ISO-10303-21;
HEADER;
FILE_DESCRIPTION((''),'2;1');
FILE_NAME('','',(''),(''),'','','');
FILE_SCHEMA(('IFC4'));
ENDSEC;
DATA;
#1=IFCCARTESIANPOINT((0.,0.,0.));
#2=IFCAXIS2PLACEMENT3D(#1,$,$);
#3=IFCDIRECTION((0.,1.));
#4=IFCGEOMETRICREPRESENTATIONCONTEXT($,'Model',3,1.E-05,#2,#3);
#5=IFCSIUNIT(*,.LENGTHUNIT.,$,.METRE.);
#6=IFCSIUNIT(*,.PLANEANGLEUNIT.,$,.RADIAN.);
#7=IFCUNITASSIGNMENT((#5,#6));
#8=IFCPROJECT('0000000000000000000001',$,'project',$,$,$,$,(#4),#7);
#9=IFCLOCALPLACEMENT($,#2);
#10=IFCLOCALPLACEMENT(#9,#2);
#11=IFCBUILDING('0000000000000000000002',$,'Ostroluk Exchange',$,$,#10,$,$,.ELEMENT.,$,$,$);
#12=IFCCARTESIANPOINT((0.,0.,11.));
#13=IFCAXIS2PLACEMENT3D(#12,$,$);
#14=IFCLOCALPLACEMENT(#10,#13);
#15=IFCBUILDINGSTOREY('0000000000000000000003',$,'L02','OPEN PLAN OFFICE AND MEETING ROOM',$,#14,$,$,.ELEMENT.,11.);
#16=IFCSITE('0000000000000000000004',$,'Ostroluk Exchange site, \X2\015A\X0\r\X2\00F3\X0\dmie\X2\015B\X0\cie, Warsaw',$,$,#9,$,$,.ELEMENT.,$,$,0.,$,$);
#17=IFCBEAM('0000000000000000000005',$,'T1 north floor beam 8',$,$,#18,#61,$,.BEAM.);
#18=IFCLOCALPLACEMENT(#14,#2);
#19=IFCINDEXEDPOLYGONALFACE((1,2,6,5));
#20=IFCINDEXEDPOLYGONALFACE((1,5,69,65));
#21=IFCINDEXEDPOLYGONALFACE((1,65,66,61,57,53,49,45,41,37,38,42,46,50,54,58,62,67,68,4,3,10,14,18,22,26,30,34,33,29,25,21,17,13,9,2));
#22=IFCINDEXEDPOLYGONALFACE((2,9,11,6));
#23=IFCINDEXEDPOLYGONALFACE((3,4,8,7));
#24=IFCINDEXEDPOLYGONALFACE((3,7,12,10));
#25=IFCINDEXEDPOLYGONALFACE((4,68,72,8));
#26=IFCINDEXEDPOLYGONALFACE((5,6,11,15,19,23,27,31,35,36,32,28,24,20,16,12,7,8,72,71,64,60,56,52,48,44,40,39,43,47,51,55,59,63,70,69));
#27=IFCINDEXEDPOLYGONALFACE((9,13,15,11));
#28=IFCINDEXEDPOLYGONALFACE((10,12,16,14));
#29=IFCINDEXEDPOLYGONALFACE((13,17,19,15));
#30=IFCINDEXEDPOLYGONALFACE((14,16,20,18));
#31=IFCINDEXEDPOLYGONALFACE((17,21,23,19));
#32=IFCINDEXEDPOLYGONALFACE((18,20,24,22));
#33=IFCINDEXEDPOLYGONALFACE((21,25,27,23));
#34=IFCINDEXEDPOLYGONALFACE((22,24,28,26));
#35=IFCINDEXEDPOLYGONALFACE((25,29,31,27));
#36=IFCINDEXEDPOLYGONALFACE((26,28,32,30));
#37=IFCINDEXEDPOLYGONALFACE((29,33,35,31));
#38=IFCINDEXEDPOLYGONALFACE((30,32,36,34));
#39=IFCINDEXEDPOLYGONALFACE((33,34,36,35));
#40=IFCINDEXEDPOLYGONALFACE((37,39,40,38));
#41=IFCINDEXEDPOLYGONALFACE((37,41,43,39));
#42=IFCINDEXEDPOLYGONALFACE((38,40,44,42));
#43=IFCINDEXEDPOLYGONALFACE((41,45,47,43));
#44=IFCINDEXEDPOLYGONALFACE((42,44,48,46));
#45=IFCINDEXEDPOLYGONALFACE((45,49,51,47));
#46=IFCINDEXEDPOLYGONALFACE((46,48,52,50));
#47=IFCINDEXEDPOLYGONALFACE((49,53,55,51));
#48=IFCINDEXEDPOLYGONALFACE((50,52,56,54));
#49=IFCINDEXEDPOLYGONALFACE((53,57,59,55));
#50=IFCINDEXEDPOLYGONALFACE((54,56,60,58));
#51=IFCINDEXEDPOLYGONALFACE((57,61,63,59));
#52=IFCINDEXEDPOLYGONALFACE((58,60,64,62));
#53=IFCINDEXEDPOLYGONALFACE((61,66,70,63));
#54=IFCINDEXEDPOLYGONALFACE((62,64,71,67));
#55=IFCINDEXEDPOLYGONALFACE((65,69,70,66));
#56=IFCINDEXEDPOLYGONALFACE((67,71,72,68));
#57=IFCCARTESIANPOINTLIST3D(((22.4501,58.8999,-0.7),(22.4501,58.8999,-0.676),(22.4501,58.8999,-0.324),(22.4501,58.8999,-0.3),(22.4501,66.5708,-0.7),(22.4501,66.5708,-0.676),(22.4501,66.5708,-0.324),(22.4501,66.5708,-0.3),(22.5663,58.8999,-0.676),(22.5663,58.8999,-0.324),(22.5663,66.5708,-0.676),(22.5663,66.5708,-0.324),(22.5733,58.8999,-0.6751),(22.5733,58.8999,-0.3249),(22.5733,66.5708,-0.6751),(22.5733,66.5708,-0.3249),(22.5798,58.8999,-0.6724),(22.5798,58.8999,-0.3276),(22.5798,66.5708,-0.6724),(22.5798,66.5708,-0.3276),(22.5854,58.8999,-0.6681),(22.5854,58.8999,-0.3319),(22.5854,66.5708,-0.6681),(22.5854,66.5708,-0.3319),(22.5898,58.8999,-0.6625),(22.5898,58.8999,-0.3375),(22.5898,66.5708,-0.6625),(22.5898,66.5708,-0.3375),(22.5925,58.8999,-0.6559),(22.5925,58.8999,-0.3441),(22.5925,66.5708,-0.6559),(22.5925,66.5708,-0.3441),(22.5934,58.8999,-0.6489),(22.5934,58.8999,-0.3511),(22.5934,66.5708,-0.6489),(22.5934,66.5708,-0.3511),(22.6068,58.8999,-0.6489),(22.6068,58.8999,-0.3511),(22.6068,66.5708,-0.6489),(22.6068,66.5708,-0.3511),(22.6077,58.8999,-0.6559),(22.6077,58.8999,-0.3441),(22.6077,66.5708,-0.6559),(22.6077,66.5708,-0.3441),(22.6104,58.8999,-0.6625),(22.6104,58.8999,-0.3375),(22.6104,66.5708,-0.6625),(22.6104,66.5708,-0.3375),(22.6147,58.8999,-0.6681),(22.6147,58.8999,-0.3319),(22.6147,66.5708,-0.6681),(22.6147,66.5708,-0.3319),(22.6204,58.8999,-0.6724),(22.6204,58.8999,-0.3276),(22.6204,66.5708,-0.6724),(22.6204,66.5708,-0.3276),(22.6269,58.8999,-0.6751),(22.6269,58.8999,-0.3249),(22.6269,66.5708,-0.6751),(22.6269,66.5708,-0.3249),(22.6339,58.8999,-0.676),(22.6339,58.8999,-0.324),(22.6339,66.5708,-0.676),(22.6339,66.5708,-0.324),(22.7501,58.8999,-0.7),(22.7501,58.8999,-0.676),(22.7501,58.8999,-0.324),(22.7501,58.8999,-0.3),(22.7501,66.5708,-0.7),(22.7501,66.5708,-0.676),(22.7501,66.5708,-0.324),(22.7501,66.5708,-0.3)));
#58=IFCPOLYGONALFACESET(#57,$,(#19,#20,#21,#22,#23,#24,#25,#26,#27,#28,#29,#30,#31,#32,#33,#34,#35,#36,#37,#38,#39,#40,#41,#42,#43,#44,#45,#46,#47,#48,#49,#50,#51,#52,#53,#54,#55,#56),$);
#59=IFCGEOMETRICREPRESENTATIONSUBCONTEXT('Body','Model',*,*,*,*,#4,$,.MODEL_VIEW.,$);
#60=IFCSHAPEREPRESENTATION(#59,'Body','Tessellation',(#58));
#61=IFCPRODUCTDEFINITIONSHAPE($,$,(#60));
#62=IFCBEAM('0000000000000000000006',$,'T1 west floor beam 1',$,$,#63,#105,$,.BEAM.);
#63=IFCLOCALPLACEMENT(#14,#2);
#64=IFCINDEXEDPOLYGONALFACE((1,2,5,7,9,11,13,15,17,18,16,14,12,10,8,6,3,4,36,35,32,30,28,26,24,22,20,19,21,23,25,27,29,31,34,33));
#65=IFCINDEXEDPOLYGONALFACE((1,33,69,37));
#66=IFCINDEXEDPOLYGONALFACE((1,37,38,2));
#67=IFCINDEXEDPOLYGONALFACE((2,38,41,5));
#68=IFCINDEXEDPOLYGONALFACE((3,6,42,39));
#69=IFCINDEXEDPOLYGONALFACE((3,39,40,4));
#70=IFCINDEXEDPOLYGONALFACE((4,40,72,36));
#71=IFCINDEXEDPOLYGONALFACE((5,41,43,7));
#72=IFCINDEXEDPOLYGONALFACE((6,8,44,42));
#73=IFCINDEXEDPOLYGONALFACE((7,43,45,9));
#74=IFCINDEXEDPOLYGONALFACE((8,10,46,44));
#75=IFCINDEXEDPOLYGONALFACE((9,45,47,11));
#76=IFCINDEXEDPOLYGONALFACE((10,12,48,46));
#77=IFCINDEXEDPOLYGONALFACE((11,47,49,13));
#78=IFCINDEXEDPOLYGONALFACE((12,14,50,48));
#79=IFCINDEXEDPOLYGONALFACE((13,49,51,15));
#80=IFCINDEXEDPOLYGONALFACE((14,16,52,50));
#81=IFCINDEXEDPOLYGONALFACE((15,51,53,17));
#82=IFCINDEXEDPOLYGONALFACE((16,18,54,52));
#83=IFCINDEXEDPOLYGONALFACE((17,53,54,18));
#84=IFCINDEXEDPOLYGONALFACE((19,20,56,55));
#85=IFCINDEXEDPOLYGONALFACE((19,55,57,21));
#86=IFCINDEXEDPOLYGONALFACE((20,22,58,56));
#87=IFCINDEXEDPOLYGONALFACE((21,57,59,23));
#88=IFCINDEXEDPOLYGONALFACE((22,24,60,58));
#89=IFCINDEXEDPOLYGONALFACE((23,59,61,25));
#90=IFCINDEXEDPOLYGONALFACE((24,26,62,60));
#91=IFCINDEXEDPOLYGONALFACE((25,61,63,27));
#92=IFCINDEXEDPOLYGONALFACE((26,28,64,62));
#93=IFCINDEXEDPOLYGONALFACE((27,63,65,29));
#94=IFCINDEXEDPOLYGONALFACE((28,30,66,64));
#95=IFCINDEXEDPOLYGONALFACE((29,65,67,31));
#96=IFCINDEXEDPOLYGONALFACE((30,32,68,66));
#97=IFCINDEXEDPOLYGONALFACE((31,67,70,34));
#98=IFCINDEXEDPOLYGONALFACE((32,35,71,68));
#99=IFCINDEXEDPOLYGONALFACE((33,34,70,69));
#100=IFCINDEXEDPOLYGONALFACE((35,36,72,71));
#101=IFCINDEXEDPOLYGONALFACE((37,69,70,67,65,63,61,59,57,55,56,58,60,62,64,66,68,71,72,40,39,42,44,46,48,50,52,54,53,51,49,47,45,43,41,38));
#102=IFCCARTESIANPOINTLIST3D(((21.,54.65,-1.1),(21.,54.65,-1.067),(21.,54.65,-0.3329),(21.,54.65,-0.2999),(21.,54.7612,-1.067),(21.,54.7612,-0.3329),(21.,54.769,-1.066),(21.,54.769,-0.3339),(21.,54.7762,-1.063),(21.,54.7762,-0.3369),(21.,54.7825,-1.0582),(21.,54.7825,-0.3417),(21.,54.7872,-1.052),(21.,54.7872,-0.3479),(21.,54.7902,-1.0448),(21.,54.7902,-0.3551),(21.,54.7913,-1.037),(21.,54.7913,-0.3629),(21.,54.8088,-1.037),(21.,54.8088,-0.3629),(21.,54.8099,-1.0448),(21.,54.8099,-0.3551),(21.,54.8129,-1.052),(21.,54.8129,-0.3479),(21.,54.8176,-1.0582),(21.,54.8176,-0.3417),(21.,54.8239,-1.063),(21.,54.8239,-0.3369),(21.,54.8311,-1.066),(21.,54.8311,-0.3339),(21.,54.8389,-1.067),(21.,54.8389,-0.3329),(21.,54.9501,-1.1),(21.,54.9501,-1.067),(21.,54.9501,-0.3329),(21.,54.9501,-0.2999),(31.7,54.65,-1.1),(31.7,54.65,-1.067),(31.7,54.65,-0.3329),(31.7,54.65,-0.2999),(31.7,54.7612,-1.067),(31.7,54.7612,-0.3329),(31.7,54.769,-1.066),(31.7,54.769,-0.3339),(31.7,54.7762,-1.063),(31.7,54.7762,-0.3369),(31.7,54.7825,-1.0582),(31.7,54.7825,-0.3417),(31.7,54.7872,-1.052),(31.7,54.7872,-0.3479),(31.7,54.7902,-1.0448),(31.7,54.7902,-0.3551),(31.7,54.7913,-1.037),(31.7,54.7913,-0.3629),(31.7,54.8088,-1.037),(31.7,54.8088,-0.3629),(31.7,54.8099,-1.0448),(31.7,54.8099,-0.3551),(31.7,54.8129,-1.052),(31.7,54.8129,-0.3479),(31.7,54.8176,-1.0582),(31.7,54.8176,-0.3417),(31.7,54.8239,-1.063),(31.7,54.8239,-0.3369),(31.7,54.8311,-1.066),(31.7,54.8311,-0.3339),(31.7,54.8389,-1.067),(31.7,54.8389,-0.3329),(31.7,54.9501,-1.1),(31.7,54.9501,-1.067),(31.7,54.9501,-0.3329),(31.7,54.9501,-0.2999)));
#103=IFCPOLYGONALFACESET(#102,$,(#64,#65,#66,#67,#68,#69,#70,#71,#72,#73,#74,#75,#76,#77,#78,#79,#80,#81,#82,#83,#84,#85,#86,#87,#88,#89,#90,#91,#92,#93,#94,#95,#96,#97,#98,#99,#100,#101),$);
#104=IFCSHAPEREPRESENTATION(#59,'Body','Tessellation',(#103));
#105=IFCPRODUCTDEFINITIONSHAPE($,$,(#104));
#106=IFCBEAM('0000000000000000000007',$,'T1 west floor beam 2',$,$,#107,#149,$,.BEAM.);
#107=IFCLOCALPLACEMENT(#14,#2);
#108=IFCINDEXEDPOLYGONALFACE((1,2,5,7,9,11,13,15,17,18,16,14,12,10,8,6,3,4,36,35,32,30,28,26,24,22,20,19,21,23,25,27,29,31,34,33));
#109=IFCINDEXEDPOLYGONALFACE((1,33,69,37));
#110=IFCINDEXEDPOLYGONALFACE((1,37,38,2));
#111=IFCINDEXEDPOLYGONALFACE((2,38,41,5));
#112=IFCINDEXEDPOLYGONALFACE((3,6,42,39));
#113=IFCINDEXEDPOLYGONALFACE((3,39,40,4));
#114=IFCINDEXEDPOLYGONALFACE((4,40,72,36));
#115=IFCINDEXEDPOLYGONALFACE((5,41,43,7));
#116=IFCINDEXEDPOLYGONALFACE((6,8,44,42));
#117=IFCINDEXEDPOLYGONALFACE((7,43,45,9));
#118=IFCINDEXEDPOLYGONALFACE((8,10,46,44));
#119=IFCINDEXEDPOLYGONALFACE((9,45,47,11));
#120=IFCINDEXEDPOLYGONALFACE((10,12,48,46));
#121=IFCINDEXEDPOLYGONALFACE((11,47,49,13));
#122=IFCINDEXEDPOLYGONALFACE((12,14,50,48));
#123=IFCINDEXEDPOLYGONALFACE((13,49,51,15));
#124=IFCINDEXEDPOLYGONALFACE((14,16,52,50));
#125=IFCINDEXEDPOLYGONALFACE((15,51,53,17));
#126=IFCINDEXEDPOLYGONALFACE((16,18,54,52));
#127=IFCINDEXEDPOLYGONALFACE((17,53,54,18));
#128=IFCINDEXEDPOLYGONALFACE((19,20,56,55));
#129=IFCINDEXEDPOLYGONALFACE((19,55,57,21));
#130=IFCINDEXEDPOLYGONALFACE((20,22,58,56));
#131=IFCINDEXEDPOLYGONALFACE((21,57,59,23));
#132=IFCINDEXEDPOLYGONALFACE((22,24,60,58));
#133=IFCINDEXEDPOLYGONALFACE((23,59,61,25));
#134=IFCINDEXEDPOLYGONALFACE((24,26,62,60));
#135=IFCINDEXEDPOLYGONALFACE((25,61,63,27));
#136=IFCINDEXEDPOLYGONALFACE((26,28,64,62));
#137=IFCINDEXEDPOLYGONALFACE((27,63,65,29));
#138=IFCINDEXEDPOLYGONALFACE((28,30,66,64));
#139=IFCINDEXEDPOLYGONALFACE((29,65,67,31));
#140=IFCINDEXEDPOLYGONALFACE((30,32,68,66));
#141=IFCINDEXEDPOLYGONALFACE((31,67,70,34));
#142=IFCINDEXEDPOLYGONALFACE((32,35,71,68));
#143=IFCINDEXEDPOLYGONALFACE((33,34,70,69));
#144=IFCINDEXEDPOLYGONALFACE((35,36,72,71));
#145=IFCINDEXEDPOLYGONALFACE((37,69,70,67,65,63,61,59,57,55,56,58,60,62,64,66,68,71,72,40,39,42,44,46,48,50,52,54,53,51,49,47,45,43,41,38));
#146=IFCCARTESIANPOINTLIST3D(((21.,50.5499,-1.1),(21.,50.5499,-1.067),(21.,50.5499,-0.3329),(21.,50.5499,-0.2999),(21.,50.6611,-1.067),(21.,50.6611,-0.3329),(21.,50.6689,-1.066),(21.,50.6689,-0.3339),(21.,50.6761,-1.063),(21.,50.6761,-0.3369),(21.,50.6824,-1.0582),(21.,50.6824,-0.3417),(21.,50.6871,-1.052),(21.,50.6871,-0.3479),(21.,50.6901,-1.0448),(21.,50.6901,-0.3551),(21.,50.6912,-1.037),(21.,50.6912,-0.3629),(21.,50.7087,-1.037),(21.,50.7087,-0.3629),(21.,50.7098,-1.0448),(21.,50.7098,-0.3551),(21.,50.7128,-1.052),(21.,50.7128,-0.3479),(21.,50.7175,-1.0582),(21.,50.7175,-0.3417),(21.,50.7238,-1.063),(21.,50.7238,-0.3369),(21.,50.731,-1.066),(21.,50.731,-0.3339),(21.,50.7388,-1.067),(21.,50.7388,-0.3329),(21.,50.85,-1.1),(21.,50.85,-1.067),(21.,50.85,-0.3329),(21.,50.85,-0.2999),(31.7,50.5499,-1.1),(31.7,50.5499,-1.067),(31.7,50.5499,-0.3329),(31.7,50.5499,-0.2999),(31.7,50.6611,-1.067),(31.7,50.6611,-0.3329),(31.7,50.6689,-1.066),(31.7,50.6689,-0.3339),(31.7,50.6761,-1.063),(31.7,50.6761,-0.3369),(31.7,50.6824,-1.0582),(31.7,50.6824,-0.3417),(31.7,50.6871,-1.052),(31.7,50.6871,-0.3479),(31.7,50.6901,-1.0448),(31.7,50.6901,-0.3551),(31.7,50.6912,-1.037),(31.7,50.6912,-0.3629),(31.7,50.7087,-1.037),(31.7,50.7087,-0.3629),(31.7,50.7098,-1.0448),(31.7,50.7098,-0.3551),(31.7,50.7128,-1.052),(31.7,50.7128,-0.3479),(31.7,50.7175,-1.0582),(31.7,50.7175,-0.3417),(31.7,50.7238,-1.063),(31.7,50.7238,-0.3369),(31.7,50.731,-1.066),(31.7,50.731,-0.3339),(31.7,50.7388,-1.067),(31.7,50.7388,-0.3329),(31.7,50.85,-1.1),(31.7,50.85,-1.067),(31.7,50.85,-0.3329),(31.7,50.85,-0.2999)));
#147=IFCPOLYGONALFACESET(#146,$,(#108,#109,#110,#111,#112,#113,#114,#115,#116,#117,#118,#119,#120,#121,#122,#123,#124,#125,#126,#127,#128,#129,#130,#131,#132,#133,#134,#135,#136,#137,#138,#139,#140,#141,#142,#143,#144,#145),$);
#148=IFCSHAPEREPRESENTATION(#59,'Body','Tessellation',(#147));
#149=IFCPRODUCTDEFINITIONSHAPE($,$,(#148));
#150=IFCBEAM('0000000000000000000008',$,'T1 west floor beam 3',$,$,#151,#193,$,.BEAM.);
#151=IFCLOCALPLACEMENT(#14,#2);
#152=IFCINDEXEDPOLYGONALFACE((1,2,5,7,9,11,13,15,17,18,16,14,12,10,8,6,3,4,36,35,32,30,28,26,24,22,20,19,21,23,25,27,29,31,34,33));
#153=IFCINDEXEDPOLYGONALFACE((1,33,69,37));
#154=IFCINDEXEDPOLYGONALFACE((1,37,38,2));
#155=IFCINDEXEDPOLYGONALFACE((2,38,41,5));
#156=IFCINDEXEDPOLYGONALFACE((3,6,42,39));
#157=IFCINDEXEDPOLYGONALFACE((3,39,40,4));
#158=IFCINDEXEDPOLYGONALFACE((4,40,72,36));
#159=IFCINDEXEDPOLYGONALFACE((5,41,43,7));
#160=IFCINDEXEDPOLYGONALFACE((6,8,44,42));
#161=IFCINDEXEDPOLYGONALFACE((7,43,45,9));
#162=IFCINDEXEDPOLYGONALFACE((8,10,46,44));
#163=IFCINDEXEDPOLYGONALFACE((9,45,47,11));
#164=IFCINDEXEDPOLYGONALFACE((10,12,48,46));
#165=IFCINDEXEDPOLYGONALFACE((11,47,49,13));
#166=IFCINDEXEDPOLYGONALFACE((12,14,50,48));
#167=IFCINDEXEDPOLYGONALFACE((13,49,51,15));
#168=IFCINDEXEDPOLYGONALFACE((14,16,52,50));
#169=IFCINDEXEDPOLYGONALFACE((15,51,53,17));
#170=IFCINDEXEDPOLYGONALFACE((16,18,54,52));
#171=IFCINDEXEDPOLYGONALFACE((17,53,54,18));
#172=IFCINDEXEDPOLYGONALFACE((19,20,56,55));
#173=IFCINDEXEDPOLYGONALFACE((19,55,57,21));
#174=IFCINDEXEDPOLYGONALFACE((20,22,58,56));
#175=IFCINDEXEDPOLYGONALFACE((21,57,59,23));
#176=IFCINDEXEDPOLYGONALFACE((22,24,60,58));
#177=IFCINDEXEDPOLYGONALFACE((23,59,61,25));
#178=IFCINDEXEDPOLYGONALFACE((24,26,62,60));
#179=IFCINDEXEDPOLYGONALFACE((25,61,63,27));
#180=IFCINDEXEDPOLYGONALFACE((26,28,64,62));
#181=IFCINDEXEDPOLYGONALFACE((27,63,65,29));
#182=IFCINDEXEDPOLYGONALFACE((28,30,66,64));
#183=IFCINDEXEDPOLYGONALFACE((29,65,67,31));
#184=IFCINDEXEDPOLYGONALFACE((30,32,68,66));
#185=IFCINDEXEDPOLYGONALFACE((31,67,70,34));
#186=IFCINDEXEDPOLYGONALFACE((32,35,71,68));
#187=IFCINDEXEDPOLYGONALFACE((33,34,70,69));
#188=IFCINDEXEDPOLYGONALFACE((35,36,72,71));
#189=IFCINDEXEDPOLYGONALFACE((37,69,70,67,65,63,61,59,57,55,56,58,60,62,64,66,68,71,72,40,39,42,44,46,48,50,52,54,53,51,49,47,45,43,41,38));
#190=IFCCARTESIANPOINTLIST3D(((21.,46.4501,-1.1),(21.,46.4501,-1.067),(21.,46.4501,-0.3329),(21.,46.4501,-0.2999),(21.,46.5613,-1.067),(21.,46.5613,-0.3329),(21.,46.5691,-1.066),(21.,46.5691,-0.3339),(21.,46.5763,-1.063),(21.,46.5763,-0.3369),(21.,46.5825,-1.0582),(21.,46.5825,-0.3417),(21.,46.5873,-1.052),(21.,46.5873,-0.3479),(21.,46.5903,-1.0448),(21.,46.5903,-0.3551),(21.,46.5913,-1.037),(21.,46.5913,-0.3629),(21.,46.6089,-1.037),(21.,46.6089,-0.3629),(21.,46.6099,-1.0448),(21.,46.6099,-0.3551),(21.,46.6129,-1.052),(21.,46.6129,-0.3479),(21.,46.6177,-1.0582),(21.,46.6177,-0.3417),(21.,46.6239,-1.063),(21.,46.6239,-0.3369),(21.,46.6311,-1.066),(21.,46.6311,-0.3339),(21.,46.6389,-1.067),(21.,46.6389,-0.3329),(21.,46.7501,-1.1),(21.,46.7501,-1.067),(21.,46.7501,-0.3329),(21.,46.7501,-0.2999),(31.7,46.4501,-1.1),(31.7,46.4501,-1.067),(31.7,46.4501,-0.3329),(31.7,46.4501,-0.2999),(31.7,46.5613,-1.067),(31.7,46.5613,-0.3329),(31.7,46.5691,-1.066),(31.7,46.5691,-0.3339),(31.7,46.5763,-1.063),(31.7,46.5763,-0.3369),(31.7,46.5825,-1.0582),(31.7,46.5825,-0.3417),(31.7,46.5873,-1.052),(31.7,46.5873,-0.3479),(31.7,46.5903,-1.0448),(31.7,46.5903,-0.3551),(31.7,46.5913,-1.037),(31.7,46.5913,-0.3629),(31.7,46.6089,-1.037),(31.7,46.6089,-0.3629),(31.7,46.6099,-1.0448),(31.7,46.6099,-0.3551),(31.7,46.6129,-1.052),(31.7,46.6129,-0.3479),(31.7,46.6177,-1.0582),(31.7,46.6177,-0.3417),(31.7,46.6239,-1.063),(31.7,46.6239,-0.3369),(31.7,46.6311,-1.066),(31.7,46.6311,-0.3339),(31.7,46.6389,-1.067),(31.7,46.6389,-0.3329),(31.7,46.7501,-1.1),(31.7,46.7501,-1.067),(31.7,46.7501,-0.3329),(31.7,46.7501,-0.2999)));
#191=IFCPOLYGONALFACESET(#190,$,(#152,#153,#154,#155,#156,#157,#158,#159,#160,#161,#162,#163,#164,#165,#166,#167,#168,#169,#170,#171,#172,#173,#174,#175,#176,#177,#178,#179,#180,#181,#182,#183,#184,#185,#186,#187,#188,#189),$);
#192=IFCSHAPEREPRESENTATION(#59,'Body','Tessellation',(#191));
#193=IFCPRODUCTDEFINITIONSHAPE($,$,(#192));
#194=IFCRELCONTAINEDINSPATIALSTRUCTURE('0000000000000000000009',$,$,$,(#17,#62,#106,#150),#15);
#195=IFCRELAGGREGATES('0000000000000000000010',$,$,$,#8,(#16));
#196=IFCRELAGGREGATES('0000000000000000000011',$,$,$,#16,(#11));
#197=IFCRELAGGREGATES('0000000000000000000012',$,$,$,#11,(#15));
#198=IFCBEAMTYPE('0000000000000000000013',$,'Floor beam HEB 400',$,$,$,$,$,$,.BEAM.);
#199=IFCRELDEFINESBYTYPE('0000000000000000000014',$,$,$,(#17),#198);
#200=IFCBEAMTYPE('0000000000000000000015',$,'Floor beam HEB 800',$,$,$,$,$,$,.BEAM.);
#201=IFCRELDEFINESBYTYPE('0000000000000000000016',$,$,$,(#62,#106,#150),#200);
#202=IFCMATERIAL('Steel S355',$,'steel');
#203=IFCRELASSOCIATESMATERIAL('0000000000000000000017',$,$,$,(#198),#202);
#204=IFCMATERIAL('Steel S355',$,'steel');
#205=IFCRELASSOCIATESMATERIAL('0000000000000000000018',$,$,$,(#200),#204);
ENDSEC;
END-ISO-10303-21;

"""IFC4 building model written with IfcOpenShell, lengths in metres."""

from ifc_helpers import new_model, si_unit, direction, frame, origin, origin_2d, place, context, subcontext, project, spatial, i_section, extrude, material, material_profile, profile_set, type_object, element, save


model = new_model("IFC4")

# Units and contexts
model_context = context("Model", 3, precision=1e-05, world=origin(), true_north=direction((0.0, 1.0)))
body_context = subcontext(model_context, "Body", "Model", "MODEL_VIEW")
ifc_project = project(units=[si_unit("LENGTHUNIT", "METRE"), si_unit("PLANEANGLEUNIT", "RADIAN")], contexts=[model_context])

# Site, building, storey
site_placement = place(None, origin())
site = spatial("IfcSite", under=ifc_project, at=site_placement, Name="Ostroluk Exchange site, Śródmieście, Warsaw", CompositionType="ELEMENT", RefElevation=0.0)
building_placement = place(site_placement, origin())
building = spatial("IfcBuilding", under=site, at=building_placement, Name="Ostroluk Exchange", CompositionType="ELEMENT")
storey_placement = place(building_placement, frame((0.0, 0.0, 11.0)))
storey = spatial("IfcBuildingStorey", under=building, at=storey_placement, Name="L02", Description="OPEN PLAN OFFICE AND MEETING ROOM", CompositionType="ELEMENT", Elevation=11.0)

# Beams
ifc_material_1 = material(Name="Steel S355", Category="steel")
ifc_material_profile_1 = material_profile(ifc_material_1, i_section(OverallWidth=0.3, OverallDepth=0.3999, WebThickness=0.0134, FlangeThickness=0.0239, FilletRadius=0.0271, at=origin_2d()), Name="HEB 400")
ifc_profile_set_1 = profile_set([ifc_material_profile_1], Name="Steel S355")
beam_type_1 = type_object("IfcBeamType", Name="Floor beam HEB 400", PredefinedType="BEAM", material=ifc_profile_set_1)
beam_1_placement = place(storey_placement, frame((22.6001, 58.8999, -0.5), z_axis=(0.0, 1.0, 0.0), x_axis=(-1.0, 0.0, 0.0)))
element("IfcBeam", 1, at=beam_1_placement, inside=storey, type_object=beam_type_1, Name="T1 north floor beam 8", PredefinedType="BEAM", context=body_context, shape_type="SweptSolid", body=[
    extrude(i_section(OverallWidth=0.3, OverallDepth=0.3999, WebThickness=0.0134, FlangeThickness=0.0239, FilletRadius=0.0271, at=origin_2d()), origin(), (0.0, 0.0, 1.0), 7.6709),
])
ifc_material_2 = material(Name="Steel S355", Category="steel")
ifc_material_profile_2 = material_profile(ifc_material_2, i_section(OverallWidth=0.3, OverallDepth=0.8, WebThickness=0.0176, FlangeThickness=0.033, FilletRadius=0.03, at=origin_2d()), Name="HEB 800")
ifc_profile_set_2 = profile_set([ifc_material_profile_2], Name="Steel S355")
beam_type_2 = type_object("IfcBeamType", Name="Floor beam HEB 800", PredefinedType="BEAM", material=ifc_profile_set_2)
for number, where, z_axis, x_axis, name in (
    (2, (31.7, 54.8, -0.7), (-1.0, 0.0, 0.0), (0.0, -1.0, 0.0), "T1 west floor beam 1"),
    (3, (31.7, 50.7, -0.7), (-1.0, 0.0, 0.0), (0.0, -1.0, 0.0), "T1 west floor beam 2"),
    (4, (31.7, 46.6001, -0.7), (-1.0, 0.0, 0.0), (0.0, -1.0, 0.0), "T1 west floor beam 3"),
):
    element("IfcBeam", number, at=place(storey_placement, frame(where, z_axis=z_axis, x_axis=x_axis)), inside=storey, type_object=beam_type_2, Name=name, PredefinedType="BEAM", context=body_context, shape_type="SweptSolid", body=[
        extrude(i_section(OverallWidth=0.3, OverallDepth=0.8, WebThickness=0.0176, FlangeThickness=0.033, FilletRadius=0.03, at=origin_2d()), origin(), (0.0, 0.0, 1.0), 10.7),
    ])

save(model, "model.ifc")
